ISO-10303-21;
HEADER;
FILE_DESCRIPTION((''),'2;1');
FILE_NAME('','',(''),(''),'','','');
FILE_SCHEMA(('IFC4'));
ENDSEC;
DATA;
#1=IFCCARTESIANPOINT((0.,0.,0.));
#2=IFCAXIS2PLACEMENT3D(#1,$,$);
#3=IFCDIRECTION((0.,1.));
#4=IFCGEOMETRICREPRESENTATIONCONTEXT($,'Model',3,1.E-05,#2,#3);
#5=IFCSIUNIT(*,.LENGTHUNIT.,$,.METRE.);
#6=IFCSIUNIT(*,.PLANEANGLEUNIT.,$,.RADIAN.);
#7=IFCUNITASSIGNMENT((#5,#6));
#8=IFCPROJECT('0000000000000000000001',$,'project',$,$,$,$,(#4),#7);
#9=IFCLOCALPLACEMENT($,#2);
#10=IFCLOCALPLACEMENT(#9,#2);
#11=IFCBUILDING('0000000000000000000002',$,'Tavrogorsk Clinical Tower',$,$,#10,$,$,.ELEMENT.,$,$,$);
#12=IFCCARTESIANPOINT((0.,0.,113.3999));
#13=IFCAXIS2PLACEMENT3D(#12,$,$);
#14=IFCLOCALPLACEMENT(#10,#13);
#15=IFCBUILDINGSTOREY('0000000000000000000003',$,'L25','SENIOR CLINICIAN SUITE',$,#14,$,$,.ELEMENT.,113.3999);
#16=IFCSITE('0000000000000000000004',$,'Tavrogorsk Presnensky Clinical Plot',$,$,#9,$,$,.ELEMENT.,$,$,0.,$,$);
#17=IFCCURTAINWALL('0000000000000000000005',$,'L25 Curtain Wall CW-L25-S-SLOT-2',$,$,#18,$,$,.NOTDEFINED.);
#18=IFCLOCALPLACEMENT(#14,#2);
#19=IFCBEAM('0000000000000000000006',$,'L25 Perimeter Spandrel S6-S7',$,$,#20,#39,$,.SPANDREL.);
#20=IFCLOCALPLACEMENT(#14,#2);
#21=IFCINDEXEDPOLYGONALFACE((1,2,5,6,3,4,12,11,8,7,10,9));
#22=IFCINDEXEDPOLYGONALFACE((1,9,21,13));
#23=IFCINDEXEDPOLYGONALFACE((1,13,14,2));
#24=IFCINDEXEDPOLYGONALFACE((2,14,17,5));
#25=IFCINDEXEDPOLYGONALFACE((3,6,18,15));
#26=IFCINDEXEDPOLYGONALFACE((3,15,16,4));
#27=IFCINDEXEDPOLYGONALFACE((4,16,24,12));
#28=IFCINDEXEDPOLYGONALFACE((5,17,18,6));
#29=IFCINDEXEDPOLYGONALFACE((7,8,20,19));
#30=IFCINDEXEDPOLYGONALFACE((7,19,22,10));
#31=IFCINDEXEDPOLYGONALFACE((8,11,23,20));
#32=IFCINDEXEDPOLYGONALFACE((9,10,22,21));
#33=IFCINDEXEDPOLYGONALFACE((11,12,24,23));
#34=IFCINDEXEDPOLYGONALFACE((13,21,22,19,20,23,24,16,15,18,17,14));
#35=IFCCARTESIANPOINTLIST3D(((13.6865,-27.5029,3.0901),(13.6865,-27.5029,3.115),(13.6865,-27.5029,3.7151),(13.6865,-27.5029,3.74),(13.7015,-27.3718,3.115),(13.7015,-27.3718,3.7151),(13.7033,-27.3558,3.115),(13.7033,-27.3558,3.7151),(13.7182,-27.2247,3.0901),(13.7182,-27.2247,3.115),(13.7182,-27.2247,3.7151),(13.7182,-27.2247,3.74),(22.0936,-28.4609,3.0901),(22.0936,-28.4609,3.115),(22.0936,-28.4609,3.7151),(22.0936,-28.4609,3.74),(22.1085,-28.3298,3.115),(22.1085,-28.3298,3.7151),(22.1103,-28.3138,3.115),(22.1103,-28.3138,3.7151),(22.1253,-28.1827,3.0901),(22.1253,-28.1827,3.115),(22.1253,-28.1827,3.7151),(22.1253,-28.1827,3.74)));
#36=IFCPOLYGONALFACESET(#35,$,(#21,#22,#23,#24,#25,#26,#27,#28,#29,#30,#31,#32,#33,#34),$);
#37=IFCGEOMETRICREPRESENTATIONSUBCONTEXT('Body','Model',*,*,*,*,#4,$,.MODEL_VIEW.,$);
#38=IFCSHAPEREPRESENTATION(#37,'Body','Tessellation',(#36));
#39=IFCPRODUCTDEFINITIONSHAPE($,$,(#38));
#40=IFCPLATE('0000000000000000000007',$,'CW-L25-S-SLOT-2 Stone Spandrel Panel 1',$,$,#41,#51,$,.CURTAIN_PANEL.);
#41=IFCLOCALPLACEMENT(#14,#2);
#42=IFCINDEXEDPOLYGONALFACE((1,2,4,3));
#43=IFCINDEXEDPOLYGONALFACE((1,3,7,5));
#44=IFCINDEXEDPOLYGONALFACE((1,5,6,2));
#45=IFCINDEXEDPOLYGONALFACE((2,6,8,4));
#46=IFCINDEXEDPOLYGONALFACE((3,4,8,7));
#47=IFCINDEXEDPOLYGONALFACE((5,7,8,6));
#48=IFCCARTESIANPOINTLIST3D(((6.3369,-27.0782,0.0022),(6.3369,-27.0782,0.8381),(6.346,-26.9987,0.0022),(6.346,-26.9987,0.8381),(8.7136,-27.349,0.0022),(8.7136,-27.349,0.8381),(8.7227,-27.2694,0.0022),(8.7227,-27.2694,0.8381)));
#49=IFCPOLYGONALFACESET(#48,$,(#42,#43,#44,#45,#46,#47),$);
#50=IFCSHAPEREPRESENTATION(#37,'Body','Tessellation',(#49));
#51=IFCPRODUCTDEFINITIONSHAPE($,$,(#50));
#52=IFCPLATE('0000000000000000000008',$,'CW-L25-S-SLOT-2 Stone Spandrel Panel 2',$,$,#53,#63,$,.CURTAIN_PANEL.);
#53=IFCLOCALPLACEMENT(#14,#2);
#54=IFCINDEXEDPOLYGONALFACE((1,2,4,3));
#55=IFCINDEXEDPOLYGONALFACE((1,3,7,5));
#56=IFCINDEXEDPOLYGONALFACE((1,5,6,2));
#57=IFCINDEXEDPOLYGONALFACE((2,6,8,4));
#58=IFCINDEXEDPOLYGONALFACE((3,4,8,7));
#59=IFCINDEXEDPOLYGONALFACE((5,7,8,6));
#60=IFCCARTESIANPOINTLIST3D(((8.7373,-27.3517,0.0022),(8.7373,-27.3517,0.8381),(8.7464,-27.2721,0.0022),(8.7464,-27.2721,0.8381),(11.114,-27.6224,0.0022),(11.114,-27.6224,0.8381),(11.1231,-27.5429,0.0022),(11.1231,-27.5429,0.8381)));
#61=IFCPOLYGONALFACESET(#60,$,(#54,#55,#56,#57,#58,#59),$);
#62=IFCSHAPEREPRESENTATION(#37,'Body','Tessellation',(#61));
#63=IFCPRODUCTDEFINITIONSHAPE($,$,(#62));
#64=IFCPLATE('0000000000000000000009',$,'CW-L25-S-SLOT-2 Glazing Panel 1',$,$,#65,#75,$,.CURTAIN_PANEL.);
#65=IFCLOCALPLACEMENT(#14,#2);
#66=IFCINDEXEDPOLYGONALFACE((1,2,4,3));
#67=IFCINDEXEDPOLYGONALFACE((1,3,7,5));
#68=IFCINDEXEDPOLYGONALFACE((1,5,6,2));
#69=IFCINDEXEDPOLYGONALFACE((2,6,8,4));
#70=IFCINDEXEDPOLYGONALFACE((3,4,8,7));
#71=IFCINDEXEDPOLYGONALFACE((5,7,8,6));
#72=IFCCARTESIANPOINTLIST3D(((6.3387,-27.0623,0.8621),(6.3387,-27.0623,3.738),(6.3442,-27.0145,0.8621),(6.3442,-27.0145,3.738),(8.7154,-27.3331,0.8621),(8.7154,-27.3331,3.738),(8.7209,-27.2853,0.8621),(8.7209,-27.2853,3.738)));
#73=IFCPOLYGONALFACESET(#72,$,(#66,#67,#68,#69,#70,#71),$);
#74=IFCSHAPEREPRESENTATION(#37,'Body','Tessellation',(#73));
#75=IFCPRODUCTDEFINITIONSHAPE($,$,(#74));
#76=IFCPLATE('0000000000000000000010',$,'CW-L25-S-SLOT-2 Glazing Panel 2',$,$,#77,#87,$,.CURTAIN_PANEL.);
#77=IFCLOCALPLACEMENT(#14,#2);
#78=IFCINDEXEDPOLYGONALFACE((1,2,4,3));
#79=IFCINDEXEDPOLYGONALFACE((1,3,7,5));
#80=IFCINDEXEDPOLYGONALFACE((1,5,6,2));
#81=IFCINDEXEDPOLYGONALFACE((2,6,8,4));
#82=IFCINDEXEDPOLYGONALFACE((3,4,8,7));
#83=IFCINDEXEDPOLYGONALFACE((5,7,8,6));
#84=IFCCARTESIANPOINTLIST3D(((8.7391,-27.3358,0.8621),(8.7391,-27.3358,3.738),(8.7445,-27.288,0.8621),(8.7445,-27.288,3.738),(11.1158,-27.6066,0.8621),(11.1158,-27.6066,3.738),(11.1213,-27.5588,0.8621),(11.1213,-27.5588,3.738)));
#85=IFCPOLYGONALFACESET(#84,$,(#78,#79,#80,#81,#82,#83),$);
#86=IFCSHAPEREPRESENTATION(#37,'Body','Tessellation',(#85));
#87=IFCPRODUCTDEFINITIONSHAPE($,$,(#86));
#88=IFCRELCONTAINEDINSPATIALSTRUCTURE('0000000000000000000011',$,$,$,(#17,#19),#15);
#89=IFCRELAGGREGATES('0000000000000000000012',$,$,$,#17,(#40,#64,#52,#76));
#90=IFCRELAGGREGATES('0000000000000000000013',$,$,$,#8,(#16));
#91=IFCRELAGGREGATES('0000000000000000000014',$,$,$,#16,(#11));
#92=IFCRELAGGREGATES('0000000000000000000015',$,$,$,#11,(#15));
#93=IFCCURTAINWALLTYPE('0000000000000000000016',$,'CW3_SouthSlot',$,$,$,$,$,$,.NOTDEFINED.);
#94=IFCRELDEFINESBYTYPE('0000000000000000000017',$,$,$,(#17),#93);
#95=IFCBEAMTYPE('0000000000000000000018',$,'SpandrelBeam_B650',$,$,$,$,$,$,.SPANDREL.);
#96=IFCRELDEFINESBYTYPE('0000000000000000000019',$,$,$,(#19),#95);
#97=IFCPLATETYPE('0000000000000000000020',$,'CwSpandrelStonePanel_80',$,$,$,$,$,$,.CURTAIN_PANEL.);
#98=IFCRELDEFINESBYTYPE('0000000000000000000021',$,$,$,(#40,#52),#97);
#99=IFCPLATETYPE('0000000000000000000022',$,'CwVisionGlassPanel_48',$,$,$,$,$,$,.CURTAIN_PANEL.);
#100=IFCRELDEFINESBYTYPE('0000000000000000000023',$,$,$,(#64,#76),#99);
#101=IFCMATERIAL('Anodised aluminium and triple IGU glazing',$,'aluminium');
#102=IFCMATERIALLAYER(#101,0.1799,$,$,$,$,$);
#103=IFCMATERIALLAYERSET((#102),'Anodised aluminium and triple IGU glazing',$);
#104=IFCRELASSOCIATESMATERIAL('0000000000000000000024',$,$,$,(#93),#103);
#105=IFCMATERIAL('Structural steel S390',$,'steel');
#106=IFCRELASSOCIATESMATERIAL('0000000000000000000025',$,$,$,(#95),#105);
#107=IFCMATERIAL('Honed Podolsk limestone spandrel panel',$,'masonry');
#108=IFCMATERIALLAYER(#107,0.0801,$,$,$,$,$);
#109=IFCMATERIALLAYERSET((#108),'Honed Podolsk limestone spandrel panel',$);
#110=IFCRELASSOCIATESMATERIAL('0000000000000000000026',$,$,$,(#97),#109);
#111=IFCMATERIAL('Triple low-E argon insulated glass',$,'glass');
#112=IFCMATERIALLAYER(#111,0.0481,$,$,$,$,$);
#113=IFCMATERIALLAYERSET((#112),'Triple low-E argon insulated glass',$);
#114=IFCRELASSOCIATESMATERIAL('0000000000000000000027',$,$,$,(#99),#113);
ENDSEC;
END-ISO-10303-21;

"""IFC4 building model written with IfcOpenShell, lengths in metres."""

from ifc_helpers import new_model, si_unit, direction, frame, origin, origin_2d, place, context, subcontext, project, spatial, rectangle, i_section, extrude, material, layer, layer_set, material_profile, profile_set, type_object, element, aggregate, save


model = new_model("IFC4")

# Units and contexts
model_context = context("Model", 3, precision=1e-05, world=origin(), true_north=direction((0.0, 1.0)))
body_context = subcontext(model_context, "Body", "Model", "MODEL_VIEW")
ifc_project = project(units=[si_unit("LENGTHUNIT", "METRE"), si_unit("PLANEANGLEUNIT", "RADIAN")], contexts=[model_context])

# Site, building, storey
site_placement = place(None, origin())
site = spatial("IfcSite", under=ifc_project, at=site_placement, Name="Tavrogorsk Presnensky Clinical Plot", CompositionType="ELEMENT", RefElevation=0.0)
building_placement = place(site_placement, origin())
building = spatial("IfcBuilding", under=site, at=building_placement, Name="Tavrogorsk Clinical Tower", CompositionType="ELEMENT")
storey_placement = place(building_placement, frame((0.0, 0.0, 113.3999)))
storey = spatial("IfcBuildingStorey", under=building, at=storey_placement, Name="L25", Description="SENIOR CLINICIAN SUITE", CompositionType="ELEMENT", Elevation=113.3999)

# Curtain wall
ifc_material_1 = material(Name="Anodised aluminium and triple IGU glazing", Category="aluminium")
ifc_layer_1 = layer(ifc_material_1, 0.1799)
ifc_layer_set_1 = layer_set([ifc_layer_1], Name="Anodised aluminium and triple IGU glazing")
curtain_wall_type = type_object("IfcCurtainWallType", Name="CW3_SouthSlot", PredefinedType="NOTDEFINED", material=ifc_layer_set_1)
curtain_wall_placement = place(storey_placement, origin())
curtain_wall = element("IfcCurtainWall", 1, at=curtain_wall_placement, inside=storey, type_object=curtain_wall_type, Name="L25 Curtain Wall CW-L25-S-SLOT-2", PredefinedType="NOTDEFINED")

# Beam
ifc_material_2 = material(Name="Structural steel S390", Category="steel")
ifc_material_profile_1 = material_profile(ifc_material_2, i_section(OverallWidth=0.28, OverallDepth=0.6499, WebThickness=0.0161, FlangeThickness=0.0249, at=origin_2d()), Name="B-650x280x16x25")
ifc_profile_set_1 = profile_set([ifc_material_profile_1], Name="Structural steel S390")
beam_type = type_object("IfcBeamType", Name="SpandrelBeam_B650", PredefinedType="SPANDREL", material=ifc_profile_set_1)
for number, where, z_axis, x_axis, name in (
    (2, (13.7024, -27.3638, 3.415), (0.99357, -0.113221, 0.0), (0.113221, 0.99357, 0.0), "L25 Perimeter Spandrel S6-S7"),
):
    element("IfcBeam", number, at=place(storey_placement, frame(where, z_axis=z_axis, x_axis=x_axis)), inside=storey, type_object=beam_type, Name=name, PredefinedType="SPANDREL", context=body_context, shape_type="SweptSolid", body=[
        extrude(i_section(OverallWidth=0.28, OverallDepth=0.6499, WebThickness=0.0161, FlangeThickness=0.0249, at=origin_2d()), origin(), (0.0, 0.0, 1.0), 8.4614),
    ])

# Plates
ifc_material_3 = material(Name="Honed Podolsk limestone spandrel panel", Category="masonry")
ifc_layer_2 = layer(ifc_material_3, 0.0801)
ifc_layer_set_2 = layer_set([ifc_layer_2], Name="Honed Podolsk limestone spandrel panel")
plate_type_1 = type_object("IfcPlateType", Name="CwSpandrelStonePanel_80", PredefinedType="CURTAIN_PANEL", material=ifc_layer_set_2)
plate_1_placement = place(storey_placement, frame((7.5298, -27.1738, 0.0022), z_axis=(0.0, 0.0, 1.0), x_axis=(0.993572, -0.113203, 0.0)))
plate_1 = element("IfcPlate", 3, at=plate_1_placement, type_object=plate_type_1, Name="CW-L25-S-SLOT-2 Stone Spandrel Panel 1", PredefinedType="CURTAIN_PANEL", context=body_context, shape_type="SweptSolid", body=[
    extrude(rectangle(XDim=2.3921, YDim=0.0801, at=origin_2d()), origin(), (0.0, 0.0, 1.0), 0.8359),
])
plate_2_placement = place(storey_placement, frame((9.9302, -27.4473, 0.0022), z_axis=(0.0, 0.0, 1.0), x_axis=(0.993572, -0.113203, 0.0)))
plate_2 = element("IfcPlate", 4, at=plate_2_placement, type_object=plate_type_1, Name="CW-L25-S-SLOT-2 Stone Spandrel Panel 2", PredefinedType="CURTAIN_PANEL", context=body_context, shape_type="SweptSolid", body=[
    extrude(rectangle(XDim=2.3921, YDim=0.0801, at=origin_2d()), origin(), (0.0, 0.0, 1.0), 0.8359),
])
ifc_material_4 = material(Name="Triple low-E argon insulated glass", Category="glass")
ifc_layer_3 = layer(ifc_material_4, 0.0481)
ifc_layer_set_3 = layer_set([ifc_layer_3], Name="Triple low-E argon insulated glass")
plate_type_2 = type_object("IfcPlateType", Name="CwVisionGlassPanel_48", PredefinedType="CURTAIN_PANEL", material=ifc_layer_set_3)
plate_3_placement = place(storey_placement, frame((7.5298, -27.1738, 0.8621), z_axis=(0.0, 0.0, 1.0), x_axis=(0.993572, -0.113203, 0.0)))
plate_3 = element("IfcPlate", 5, at=plate_3_placement, type_object=plate_type_2, Name="CW-L25-S-SLOT-2 Glazing Panel 1", PredefinedType="CURTAIN_PANEL", context=body_context, shape_type="SweptSolid", body=[
    extrude(rectangle(XDim=2.3921, YDim=0.0481, at=origin_2d()), origin(), (0.0, 0.0, 1.0), 2.876),
])
plate_4_placement = place(storey_placement, frame((9.9302, -27.4473, 0.8621), z_axis=(0.0, 0.0, 1.0), x_axis=(0.993572, -0.113203, 0.0)))
plate_4 = element("IfcPlate", 6, at=plate_4_placement, type_object=plate_type_2, Name="CW-L25-S-SLOT-2 Glazing Panel 2", PredefinedType="CURTAIN_PANEL", context=body_context, shape_type="SweptSolid", body=[
    extrude(rectangle(XDim=2.3921, YDim=0.0481, at=origin_2d()), origin(), (0.0, 0.0, 1.0), 2.876),
])
aggregate(curtain_wall, [plate_1, plate_3, plate_2, plate_4])

save(model, "model.ifc")
